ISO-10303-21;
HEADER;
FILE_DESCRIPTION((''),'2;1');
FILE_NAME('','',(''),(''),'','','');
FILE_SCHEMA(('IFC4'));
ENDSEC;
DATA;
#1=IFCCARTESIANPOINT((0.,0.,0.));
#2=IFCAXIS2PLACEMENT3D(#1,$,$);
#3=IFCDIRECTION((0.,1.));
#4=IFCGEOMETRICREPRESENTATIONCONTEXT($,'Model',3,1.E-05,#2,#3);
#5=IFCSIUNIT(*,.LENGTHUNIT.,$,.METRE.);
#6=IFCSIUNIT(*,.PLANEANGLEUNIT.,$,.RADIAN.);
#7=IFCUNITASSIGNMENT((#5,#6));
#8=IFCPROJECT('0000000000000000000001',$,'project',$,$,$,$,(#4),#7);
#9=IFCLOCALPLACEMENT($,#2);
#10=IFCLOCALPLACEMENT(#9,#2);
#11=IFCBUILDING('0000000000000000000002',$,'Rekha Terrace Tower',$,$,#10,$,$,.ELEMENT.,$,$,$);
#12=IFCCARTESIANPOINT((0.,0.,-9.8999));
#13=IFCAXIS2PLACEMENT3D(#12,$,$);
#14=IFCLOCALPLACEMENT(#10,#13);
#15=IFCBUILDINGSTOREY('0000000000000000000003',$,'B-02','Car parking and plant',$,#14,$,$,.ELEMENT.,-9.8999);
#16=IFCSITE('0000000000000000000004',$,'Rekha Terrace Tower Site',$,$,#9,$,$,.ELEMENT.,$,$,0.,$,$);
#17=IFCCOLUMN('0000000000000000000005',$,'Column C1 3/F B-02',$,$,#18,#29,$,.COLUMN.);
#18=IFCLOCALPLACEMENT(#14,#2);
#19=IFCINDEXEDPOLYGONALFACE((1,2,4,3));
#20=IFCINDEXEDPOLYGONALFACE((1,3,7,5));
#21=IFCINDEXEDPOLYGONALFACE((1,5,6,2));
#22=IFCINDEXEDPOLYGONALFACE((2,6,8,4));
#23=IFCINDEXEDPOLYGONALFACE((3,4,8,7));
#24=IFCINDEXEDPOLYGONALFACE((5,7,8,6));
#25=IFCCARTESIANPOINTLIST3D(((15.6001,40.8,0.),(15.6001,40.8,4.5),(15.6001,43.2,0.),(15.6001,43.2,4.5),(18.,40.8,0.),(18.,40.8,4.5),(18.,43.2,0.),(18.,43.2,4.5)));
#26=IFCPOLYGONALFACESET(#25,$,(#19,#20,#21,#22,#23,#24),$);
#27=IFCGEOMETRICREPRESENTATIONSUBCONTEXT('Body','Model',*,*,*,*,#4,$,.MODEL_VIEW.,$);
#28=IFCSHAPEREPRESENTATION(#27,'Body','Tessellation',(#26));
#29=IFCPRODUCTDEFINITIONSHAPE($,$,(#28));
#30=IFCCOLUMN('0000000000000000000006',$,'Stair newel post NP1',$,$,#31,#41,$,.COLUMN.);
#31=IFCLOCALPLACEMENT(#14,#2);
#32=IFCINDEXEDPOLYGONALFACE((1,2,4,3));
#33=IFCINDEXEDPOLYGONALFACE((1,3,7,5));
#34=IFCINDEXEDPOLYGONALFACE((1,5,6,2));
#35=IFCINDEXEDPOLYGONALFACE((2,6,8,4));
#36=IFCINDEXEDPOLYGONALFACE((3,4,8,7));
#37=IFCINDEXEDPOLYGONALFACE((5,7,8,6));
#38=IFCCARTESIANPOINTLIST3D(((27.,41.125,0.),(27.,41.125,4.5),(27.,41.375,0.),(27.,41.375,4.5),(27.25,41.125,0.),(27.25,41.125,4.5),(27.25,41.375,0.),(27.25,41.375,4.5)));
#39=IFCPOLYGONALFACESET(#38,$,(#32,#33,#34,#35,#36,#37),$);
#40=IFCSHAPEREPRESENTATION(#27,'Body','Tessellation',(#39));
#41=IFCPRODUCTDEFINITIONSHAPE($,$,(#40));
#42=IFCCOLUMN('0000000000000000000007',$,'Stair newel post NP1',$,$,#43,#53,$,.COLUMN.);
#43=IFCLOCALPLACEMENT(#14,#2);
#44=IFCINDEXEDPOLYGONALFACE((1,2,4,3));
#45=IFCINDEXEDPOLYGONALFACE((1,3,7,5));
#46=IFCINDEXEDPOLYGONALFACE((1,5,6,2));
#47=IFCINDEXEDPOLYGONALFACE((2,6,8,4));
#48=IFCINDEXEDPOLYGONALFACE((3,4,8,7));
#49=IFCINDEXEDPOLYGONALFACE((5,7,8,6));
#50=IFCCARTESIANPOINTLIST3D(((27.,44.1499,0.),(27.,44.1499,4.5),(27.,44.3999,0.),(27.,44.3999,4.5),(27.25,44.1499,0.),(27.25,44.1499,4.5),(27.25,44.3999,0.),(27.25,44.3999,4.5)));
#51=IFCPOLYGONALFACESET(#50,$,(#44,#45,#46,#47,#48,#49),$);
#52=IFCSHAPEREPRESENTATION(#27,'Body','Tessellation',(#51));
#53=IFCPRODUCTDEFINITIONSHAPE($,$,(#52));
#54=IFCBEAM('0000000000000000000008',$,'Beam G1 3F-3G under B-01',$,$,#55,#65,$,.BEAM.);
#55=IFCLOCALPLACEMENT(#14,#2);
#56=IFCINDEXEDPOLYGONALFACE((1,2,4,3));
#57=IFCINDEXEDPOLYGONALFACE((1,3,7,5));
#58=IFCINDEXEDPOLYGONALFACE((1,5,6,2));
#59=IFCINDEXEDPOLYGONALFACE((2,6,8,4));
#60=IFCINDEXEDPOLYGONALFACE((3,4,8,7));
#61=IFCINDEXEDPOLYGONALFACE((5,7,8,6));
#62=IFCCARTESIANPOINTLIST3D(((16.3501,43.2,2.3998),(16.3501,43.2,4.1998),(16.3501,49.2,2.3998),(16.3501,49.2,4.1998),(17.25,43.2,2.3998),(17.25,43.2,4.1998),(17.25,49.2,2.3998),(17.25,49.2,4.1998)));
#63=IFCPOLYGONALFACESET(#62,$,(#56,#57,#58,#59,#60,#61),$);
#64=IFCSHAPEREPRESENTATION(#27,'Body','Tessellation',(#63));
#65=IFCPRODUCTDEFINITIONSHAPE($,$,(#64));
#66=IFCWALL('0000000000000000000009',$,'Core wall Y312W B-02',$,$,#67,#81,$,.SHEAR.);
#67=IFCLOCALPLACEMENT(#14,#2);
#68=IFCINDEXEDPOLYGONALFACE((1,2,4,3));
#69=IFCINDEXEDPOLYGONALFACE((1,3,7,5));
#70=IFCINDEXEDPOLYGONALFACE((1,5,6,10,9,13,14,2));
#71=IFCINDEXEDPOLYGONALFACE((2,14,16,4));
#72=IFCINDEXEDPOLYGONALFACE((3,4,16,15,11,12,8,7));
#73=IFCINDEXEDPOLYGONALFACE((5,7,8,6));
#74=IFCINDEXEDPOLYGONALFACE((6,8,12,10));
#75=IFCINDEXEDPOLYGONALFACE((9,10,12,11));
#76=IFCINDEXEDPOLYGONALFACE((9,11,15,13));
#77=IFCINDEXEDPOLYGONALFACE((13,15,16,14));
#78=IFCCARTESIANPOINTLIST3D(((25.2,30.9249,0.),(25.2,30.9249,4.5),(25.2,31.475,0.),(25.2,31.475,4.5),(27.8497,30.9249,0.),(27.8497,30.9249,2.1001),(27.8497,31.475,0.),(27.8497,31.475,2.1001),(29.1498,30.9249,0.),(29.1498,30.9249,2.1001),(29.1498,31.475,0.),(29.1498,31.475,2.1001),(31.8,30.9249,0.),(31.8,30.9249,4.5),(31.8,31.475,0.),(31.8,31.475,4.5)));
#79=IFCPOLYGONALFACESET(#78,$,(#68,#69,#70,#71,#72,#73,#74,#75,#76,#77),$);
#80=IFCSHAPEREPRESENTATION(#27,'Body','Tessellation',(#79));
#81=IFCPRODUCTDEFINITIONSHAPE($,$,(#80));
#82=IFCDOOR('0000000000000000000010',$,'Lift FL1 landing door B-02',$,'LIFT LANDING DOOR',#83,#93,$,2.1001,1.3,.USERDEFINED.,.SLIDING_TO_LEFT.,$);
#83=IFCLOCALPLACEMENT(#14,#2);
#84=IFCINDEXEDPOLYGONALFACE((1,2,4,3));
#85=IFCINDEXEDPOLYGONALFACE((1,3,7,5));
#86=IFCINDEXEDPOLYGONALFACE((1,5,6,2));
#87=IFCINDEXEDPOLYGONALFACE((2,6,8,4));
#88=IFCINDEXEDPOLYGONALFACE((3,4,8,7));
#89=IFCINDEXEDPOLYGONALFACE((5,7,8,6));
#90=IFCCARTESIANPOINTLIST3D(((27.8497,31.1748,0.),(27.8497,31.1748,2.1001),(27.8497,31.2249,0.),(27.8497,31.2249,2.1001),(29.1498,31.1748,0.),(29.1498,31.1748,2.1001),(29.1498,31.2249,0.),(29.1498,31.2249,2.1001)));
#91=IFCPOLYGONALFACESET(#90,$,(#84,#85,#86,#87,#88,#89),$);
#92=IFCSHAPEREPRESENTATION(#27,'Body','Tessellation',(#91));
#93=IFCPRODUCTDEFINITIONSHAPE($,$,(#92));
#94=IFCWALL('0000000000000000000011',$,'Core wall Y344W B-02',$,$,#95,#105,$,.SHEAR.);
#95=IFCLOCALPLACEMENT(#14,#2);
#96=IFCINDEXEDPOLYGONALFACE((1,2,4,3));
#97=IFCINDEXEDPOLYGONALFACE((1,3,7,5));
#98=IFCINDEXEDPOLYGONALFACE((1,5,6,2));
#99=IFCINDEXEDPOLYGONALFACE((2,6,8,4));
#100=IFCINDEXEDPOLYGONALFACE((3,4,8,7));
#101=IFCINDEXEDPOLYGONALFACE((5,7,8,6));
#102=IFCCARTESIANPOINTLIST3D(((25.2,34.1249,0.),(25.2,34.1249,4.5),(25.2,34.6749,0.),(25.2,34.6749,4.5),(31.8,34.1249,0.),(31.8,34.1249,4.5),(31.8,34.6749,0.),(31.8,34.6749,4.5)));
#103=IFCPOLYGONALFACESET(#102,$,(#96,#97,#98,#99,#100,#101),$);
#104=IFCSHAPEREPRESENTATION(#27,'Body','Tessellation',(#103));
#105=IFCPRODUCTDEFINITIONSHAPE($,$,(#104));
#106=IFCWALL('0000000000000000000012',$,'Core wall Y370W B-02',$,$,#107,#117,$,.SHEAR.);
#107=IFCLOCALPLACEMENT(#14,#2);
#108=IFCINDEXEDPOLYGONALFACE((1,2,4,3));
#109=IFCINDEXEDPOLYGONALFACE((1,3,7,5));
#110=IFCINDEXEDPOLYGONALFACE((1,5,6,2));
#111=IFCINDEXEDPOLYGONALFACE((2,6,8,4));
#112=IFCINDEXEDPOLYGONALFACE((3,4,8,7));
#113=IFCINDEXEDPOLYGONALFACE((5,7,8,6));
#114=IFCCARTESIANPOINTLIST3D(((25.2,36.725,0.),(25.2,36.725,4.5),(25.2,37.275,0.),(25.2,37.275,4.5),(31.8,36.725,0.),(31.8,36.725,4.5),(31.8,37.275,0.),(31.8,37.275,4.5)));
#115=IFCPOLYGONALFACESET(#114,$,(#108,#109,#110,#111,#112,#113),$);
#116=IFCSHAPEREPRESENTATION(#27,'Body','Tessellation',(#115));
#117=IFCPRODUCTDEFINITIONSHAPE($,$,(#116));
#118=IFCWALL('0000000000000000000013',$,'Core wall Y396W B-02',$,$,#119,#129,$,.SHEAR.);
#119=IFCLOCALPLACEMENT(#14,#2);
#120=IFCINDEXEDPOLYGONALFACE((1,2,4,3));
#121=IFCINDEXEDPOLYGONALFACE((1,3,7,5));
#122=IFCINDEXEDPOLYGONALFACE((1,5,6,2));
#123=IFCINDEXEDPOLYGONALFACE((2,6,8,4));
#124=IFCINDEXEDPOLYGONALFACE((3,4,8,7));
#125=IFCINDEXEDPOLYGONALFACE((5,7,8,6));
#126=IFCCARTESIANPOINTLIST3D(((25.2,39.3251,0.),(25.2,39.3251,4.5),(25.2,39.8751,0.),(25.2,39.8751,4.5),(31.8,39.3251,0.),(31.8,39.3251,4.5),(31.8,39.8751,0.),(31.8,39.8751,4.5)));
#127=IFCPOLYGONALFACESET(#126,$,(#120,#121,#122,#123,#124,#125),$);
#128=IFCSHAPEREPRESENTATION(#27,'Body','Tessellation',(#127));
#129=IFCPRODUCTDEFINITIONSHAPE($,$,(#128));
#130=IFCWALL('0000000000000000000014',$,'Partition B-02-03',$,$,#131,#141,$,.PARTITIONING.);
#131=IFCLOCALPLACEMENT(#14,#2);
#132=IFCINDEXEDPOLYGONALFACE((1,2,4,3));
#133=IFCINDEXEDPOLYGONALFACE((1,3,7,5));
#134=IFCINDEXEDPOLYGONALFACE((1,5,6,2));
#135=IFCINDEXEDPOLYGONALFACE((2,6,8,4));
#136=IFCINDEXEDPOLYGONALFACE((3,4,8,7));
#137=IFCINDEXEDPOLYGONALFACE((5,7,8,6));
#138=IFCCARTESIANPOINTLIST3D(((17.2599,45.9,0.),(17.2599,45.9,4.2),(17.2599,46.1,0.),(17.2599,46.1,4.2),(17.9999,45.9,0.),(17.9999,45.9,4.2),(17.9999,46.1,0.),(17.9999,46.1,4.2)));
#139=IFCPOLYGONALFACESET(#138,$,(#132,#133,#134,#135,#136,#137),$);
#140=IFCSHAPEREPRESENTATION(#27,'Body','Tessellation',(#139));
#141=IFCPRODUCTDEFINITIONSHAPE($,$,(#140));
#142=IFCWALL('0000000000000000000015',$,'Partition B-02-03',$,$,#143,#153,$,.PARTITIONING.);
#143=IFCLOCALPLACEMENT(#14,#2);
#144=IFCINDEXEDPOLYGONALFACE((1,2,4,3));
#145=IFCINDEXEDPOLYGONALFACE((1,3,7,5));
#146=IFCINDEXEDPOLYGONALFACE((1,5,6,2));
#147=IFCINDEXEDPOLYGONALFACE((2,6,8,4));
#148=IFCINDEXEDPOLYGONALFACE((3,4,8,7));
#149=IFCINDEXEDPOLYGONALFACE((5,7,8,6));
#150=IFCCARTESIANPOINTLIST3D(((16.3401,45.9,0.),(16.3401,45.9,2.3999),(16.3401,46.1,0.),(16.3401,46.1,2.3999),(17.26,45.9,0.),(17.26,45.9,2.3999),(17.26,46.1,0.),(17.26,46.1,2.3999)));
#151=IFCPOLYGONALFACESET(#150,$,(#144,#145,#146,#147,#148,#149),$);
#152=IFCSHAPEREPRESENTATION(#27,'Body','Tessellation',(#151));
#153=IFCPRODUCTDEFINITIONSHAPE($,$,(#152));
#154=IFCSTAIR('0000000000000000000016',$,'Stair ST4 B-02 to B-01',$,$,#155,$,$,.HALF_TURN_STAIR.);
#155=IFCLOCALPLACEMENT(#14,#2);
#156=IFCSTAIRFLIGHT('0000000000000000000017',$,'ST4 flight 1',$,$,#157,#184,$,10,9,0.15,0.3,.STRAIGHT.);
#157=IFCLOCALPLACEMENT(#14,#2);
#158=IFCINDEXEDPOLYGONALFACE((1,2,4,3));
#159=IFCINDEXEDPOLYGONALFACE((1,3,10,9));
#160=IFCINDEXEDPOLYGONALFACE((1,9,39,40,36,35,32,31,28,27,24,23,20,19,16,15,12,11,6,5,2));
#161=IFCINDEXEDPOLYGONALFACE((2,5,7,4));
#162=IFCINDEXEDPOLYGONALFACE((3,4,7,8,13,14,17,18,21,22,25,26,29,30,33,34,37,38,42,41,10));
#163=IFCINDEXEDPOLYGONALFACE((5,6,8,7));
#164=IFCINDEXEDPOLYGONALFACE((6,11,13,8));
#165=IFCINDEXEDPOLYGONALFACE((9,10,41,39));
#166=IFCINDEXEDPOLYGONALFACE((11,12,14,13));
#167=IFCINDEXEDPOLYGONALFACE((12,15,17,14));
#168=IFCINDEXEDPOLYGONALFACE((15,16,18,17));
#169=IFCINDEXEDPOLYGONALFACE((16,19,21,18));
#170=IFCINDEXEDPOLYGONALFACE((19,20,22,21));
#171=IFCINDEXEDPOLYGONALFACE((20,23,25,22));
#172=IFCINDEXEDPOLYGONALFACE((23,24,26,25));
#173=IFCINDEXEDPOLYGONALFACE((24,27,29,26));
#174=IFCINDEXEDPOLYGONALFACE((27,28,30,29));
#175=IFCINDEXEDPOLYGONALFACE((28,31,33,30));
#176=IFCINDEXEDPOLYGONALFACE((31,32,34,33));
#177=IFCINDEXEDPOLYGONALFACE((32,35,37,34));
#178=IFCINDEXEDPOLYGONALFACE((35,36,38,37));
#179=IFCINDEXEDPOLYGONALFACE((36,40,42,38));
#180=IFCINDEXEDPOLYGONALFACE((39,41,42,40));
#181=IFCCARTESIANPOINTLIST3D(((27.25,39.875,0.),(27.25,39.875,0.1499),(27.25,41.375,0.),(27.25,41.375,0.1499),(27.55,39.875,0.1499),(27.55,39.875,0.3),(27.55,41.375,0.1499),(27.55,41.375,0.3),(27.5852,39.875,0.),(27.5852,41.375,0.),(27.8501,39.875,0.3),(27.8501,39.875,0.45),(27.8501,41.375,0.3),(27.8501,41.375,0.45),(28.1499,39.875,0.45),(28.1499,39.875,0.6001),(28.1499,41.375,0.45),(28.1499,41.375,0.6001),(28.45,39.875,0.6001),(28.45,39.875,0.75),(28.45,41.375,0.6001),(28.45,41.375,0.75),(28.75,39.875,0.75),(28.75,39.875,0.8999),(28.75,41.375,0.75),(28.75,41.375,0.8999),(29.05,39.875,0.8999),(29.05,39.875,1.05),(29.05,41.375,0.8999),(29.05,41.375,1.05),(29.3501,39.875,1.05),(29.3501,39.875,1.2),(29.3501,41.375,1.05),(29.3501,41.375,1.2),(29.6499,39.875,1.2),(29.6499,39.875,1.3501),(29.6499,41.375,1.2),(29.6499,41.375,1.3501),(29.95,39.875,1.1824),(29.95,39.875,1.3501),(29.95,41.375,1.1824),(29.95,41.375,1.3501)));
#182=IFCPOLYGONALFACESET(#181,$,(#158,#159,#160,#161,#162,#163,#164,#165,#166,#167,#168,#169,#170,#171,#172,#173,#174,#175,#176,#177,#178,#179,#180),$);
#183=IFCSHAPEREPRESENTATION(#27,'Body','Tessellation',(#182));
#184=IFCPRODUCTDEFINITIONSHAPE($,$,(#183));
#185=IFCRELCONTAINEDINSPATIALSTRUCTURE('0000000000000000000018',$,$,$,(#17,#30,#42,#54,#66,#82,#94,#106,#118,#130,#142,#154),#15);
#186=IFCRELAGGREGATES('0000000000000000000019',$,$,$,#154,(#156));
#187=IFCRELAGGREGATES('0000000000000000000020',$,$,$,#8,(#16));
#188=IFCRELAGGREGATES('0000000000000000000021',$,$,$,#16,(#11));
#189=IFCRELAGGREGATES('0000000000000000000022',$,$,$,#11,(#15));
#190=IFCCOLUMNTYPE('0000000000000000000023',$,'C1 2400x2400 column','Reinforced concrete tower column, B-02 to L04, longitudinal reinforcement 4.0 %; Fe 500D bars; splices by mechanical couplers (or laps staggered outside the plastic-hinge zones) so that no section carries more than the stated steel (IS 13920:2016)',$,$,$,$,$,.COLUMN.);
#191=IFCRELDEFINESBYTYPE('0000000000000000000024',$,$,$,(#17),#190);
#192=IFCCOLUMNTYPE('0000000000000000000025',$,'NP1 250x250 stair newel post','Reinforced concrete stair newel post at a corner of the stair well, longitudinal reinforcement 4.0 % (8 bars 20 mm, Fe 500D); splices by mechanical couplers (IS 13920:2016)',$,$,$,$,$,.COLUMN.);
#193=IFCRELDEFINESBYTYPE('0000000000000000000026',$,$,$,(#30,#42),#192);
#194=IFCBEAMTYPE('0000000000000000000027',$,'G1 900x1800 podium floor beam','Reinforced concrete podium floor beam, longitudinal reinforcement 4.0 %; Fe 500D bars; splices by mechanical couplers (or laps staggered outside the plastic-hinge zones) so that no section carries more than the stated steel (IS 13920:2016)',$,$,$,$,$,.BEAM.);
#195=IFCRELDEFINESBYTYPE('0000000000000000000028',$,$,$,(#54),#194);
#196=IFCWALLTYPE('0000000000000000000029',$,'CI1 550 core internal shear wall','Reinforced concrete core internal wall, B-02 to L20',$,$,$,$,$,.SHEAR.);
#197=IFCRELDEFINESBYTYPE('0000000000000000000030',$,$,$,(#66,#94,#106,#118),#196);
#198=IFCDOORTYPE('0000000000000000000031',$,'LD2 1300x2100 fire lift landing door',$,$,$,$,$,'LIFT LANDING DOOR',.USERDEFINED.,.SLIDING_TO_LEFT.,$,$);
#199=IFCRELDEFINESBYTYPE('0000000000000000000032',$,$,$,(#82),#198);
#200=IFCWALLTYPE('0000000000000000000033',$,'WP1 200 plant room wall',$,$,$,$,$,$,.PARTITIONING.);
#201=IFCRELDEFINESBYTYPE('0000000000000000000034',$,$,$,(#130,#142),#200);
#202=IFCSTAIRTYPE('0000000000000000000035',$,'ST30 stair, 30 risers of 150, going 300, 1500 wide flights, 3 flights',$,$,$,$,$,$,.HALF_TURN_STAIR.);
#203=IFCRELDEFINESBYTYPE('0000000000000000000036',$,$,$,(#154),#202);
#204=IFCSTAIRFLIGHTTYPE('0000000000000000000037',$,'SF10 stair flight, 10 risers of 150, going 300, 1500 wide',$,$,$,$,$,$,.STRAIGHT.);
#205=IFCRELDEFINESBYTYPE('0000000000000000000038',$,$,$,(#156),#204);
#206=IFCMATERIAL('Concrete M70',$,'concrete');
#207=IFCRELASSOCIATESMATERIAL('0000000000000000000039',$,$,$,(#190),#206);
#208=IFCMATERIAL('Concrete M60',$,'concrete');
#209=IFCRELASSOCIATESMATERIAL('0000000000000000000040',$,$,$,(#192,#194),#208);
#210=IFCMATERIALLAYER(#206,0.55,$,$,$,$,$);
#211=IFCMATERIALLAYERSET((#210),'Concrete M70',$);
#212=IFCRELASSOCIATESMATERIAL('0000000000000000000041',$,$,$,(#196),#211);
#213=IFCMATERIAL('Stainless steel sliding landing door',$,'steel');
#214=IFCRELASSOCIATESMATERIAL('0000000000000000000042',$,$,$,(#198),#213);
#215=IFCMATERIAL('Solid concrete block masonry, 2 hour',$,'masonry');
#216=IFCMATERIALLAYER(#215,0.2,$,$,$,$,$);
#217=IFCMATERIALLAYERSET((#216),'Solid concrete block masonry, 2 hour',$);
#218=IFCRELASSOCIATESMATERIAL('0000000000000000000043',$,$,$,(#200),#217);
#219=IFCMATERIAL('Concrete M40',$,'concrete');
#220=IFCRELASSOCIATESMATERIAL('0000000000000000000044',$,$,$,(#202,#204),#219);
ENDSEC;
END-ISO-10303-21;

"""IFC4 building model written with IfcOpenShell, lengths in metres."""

from ifc_helpers import new_model, si_unit, direction, frame, frame_2d, origin, origin_2d, place, context, subcontext, project, spatial, polyline, rectangle, outline, extrude, material, layer, layer_set, material_profile, profile_set, type_object, element, fill, aggregate, save


model = new_model("IFC4")

# Units and contexts
model_context = context("Model", 3, precision=1e-05, world=origin(), true_north=direction((0.0, 1.0)))
body_context = subcontext(model_context, "Body", "Model", "MODEL_VIEW")
ifc_project = project(units=[si_unit("LENGTHUNIT", "METRE"), si_unit("PLANEANGLEUNIT", "RADIAN")], contexts=[model_context])

# Site, building, storey
site_placement = place(None, origin())
site = spatial("IfcSite", under=ifc_project, at=site_placement, Name="Rekha Terrace Tower Site", CompositionType="ELEMENT", RefElevation=0.0)
building_placement = place(site_placement, origin())
building = spatial("IfcBuilding", under=site, at=building_placement, Name="Rekha Terrace Tower", CompositionType="ELEMENT")
storey_placement = place(building_placement, frame((0.0, 0.0, -9.8999)))
storey = spatial("IfcBuildingStorey", under=building, at=storey_placement, Name="B-02", Description="Car parking and plant", CompositionType="ELEMENT", Elevation=-9.8999)

# Columns
ifc_material_1 = material(Name="Concrete M70", Category="concrete")
ifc_material_profile_1 = material_profile(ifc_material_1, rectangle(XDim=2.3999, YDim=2.3999, at=origin_2d()), Name="RC 2400x2400")
ifc_profile_set_1 = profile_set([ifc_material_profile_1], Name="Concrete M70")
column_type_1 = type_object("IfcColumnType", Name="C1 2400x2400 column", Description="Reinforced concrete tower column, B-02 to L04, longitudinal reinforcement 4.0 %; Fe 500D bars; splices by mechanical couplers (or laps staggered outside the plastic-hinge zones) so that no section carries more than the stated steel (IS 13920:2016)", PredefinedType="COLUMN", material=ifc_profile_set_1)
column_placement = place(storey_placement, frame((16.8, 42.0, 0.0), z_axis=(0.0, 0.0, 1.0), x_axis=(1.0, 0.0, 0.0)))
element("IfcColumn", 1, at=column_placement, inside=storey, type_object=column_type_1, Name="Column C1 3/F B-02", PredefinedType="COLUMN", context=body_context, shape_type="SweptSolid", body=[
    extrude(rectangle(XDim=2.3999, YDim=2.3999, at=origin_2d()), origin(), (0.0, 0.0, 1.0), 4.5),
])
ifc_material_2 = material(Name="Concrete M60", Category="concrete")
ifc_material_profile_2 = material_profile(ifc_material_2, rectangle(XDim=0.25, YDim=0.25, at=origin_2d()), Name="RC 250x250")
ifc_profile_set_2 = profile_set([ifc_material_profile_2], Name="Concrete M60")
column_type_2 = type_object("IfcColumnType", Name="NP1 250x250 stair newel post", Description="Reinforced concrete stair newel post at a corner of the stair well, longitudinal reinforcement 4.0 % (8 bars 20 mm, Fe 500D); splices by mechanical couplers (IS 13920:2016)", PredefinedType="COLUMN", material=ifc_profile_set_2)
for number, where, z_axis, x_axis, name in (
    (2, (27.125, 41.25, 0.0), (0.0, 0.0, 1.0), (1.0, 0.0, 0.0), "Stair newel post NP1"),
    (3, (27.125, 44.2749, 0.0), (0.0, 0.0, 1.0), (1.0, 0.0, 0.0), "Stair newel post NP1"),
):
    element("IfcColumn", number, at=place(storey_placement, frame(where, z_axis=z_axis, x_axis=x_axis)), inside=storey, type_object=column_type_2, Name=name, PredefinedType="COLUMN", context=body_context, shape_type="SweptSolid", body=[
        extrude(rectangle(XDim=0.25, YDim=0.25, at=origin_2d()), origin(), (0.0, 0.0, 1.0), 4.5),
    ])

# Beam
ifc_material_profile_3 = material_profile(ifc_material_2, rectangle(XDim=0.8999, YDim=1.8, at=origin_2d()), Name="RC 900x1800")
ifc_profile_set_3 = profile_set([ifc_material_profile_3], Name="Concrete M60")
beam_type = type_object("IfcBeamType", Name="G1 900x1800 podium floor beam", Description="Reinforced concrete podium floor beam, longitudinal reinforcement 4.0 %; Fe 500D bars; splices by mechanical couplers (or laps staggered outside the plastic-hinge zones) so that no section carries more than the stated steel (IS 13920:2016)", PredefinedType="BEAM", material=ifc_profile_set_3)
beam_placement = place(storey_placement, frame((16.8, 43.2, 3.2998), z_axis=(0.0, 1.0, 0.0), x_axis=(-1.0, 0.0, 0.0)))
element("IfcBeam", 4, at=beam_placement, inside=storey, type_object=beam_type, Name="Beam G1 3F-3G under B-01", PredefinedType="BEAM", context=body_context, shape_type="SweptSolid", body=[
    extrude(rectangle(XDim=0.8999, YDim=1.8, at=origin_2d()), origin(), (0.0, 0.0, 1.0), 6.0),
])

# Wall, opening, door
ifc_layer_1 = layer(ifc_material_1, 0.55)
ifc_layer_set_1 = layer_set([ifc_layer_1], Name="Concrete M70")
wall_type_1 = type_object("IfcWallType", Name="CI1 550 core internal shear wall", Description="Reinforced concrete core internal wall, B-02 to L20", PredefinedType="SHEAR", material=ifc_layer_set_1)
wall_1_placement = place(storey_placement, frame((25.2, 31.2, 0.0), z_axis=(0.0, 0.0, 1.0), x_axis=(1.0, 0.0, 0.0)))
wall_1 = element("IfcWall", 5, at=wall_1_placement, inside=storey, type_object=wall_type_1, Name="Core wall Y312W B-02", PredefinedType="SHEAR", context=body_context, shape_type="SweptSolid", body=[
    extrude(rectangle(XDim=6.6001, YDim=0.55, at=frame_2d((3.3, 0.0))), origin(), (0.0, 0.0, 1.0), 4.5),
])
opening_placement = place(wall_1_placement, frame((2.6499, 0.0, 0.0)))
opening = element("IfcOpeningElement", 6, at=opening_placement, cuts=wall_1, PredefinedType="OPENING", context=body_context, shape_type="SweptSolid", body=[
    extrude(rectangle(XDim=1.3, YDim=2.1001, at=frame_2d((0.6499, 1.05))), frame((0.0, 0.2849, 0.0), z_axis=(0.0, -1.0, 0.0), x_axis=(1.0, 0.0, 0.0)), (0.0, 0.0, 1.0), 0.5701),
])
ifc_material_3 = material(Name="Stainless steel sliding landing door", Category="steel")
door_type = type_object("IfcDoorType", Name="LD2 1300x2100 fire lift landing door", ElementType="LIFT LANDING DOOR", OperationType="SLIDING_TO_LEFT", PredefinedType="USERDEFINED", material=ifc_material_3)
door_placement = place(opening_placement, origin())
door = element("IfcDoor", 7, at=door_placement, inside=storey, type_object=door_type, Name="Lift FL1 landing door B-02", ObjectType="LIFT LANDING DOOR", OperationType="SLIDING_TO_LEFT", OverallHeight=2.1001, OverallWidth=1.3, PredefinedType="USERDEFINED", context=body_context, shape_type="SweptSolid", body=[
    extrude(rectangle(XDim=1.3, YDim=2.1001, at=frame_2d((0.6499, 1.05))), frame((0.0, 0.0249, 0.0), z_axis=(0.0, -1.0, 0.0), x_axis=(1.0, 0.0, 0.0)), (0.0, 0.0, 1.0), 0.05),
])
fill(opening, door)

# Walls
for number, where, z_axis, x_axis, name in (
    (8, (25.2, 34.3999, 0.0), (0.0, 0.0, 1.0), (1.0, 0.0, 0.0), "Core wall Y344W B-02"),
    (9, (25.2, 37.0, 0.0), (0.0, 0.0, 1.0), (1.0, 0.0, 0.0), "Core wall Y370W B-02"),
    (10, (25.2, 39.6001, 0.0), (0.0, 0.0, 1.0), (1.0, 0.0, 0.0), "Core wall Y396W B-02"),
):
    element("IfcWall", number, at=place(storey_placement, frame(where, z_axis=z_axis, x_axis=x_axis)), inside=storey, type_object=wall_type_1, Name=name, PredefinedType="SHEAR", context=body_context, shape_type="SweptSolid", body=[
        extrude(rectangle(XDim=6.6001, YDim=0.55, at=frame_2d((3.3, 0.0))), origin(), (0.0, 0.0, 1.0), 4.5),
    ])
ifc_material_4 = material(Name="Solid concrete block masonry, 2 hour", Category="masonry")
ifc_layer_2 = layer(ifc_material_4, 0.2)
ifc_layer_set_2 = layer_set([ifc_layer_2], Name="Solid concrete block masonry, 2 hour")
wall_type_2 = type_object("IfcWallType", Name="WP1 200 plant room wall", PredefinedType="PARTITIONING", material=ifc_layer_set_2)
wall_2_placement = place(storey_placement, frame((18.0, 46.0, 0.0), z_axis=(0.0, 0.0, 1.0), x_axis=(-1.0, 0.0, 0.0)))
element("IfcWall", 11, at=wall_2_placement, inside=storey, type_object=wall_type_2, Name="Partition B-02-03", PredefinedType="PARTITIONING", context=body_context, shape_type="SweptSolid", body=[
    extrude(rectangle(XDim=0.74, YDim=0.2, at=frame_2d((0.3701, 0.0))), origin(), (0.0, 0.0, 1.0), 4.2),
])
wall_3_placement = place(storey_placement, frame((17.26, 46.0, 0.0), z_axis=(0.0, 0.0, 1.0), x_axis=(-1.0, 0.0, 0.0)))
element("IfcWall", 12, at=wall_3_placement, inside=storey, type_object=wall_type_2, Name="Partition B-02-03", PredefinedType="PARTITIONING", context=body_context, shape_type="SweptSolid", body=[
    extrude(rectangle(XDim=0.9199, YDim=0.2, at=frame_2d((0.46, 0.0))), origin(), (0.0, 0.0, 1.0), 2.3999),
])

# Stair, stair flight
ifc_material_5 = material(Name="Concrete M40", Category="concrete")
stair_type = type_object("IfcStairType", Name="ST30 stair, 30 risers of 150, going 300, 1500 wide flights, 3 flights", PredefinedType="HALF_TURN_STAIR", material=ifc_material_5)
stair_placement = place(storey_placement, origin())
stair = element("IfcStair", 13, at=stair_placement, inside=storey, type_object=stair_type, Name="Stair ST4 B-02 to B-01", PredefinedType="HALF_TURN_STAIR")
stair_flight_type = type_object("IfcStairFlightType", Name="SF10 stair flight, 10 risers of 150, going 300, 1500 wide", PredefinedType="STRAIGHT", material=ifc_material_5)
stair_flight_placement = place(storey_placement, frame((27.25, 40.625, 0.0), z_axis=(0.0, 0.0, 1.0), x_axis=(1.0, 0.0, 0.0)))
stair_flight = element("IfcStairFlight", 14, at=stair_flight_placement, type_object=stair_flight_type, Name="ST4 flight 1", NumberOfRisers=10, NumberOfTreads=9, PredefinedType="STRAIGHT", RiserHeight=0.15, TreadLength=0.3, context=body_context, shape_type="SweptSolid", body=[
    extrude(outline(polyline([(0.0, 0.0), (0.0, 0.1499), (0.3, 0.1499), (0.3, 0.3), (0.6001, 0.3), (0.6001, 0.45), (0.8999, 0.45), (0.8999, 0.6001), (1.2, 0.6001), (1.2, 0.75), (1.5, 0.75), (1.5, 0.8999), (1.8, 0.8999), (1.8, 1.05), (2.1001, 1.05), (2.1001, 1.2), (2.3999, 1.2), (2.3999, 1.3501), (2.7, 1.3501), (2.7, 1.5), (2.7, 1.1824), (0.3352, 0.0), (0.0, 0.0)])), frame((0.0, 0.75, 0.0), z_axis=(0.0, -1.0, 0.0), x_axis=(1.0, 0.0, 0.0)), (0.0, 0.0, 1.0), 1.5),
])
aggregate(stair, [stair_flight])

save(model, "model.ifc")
